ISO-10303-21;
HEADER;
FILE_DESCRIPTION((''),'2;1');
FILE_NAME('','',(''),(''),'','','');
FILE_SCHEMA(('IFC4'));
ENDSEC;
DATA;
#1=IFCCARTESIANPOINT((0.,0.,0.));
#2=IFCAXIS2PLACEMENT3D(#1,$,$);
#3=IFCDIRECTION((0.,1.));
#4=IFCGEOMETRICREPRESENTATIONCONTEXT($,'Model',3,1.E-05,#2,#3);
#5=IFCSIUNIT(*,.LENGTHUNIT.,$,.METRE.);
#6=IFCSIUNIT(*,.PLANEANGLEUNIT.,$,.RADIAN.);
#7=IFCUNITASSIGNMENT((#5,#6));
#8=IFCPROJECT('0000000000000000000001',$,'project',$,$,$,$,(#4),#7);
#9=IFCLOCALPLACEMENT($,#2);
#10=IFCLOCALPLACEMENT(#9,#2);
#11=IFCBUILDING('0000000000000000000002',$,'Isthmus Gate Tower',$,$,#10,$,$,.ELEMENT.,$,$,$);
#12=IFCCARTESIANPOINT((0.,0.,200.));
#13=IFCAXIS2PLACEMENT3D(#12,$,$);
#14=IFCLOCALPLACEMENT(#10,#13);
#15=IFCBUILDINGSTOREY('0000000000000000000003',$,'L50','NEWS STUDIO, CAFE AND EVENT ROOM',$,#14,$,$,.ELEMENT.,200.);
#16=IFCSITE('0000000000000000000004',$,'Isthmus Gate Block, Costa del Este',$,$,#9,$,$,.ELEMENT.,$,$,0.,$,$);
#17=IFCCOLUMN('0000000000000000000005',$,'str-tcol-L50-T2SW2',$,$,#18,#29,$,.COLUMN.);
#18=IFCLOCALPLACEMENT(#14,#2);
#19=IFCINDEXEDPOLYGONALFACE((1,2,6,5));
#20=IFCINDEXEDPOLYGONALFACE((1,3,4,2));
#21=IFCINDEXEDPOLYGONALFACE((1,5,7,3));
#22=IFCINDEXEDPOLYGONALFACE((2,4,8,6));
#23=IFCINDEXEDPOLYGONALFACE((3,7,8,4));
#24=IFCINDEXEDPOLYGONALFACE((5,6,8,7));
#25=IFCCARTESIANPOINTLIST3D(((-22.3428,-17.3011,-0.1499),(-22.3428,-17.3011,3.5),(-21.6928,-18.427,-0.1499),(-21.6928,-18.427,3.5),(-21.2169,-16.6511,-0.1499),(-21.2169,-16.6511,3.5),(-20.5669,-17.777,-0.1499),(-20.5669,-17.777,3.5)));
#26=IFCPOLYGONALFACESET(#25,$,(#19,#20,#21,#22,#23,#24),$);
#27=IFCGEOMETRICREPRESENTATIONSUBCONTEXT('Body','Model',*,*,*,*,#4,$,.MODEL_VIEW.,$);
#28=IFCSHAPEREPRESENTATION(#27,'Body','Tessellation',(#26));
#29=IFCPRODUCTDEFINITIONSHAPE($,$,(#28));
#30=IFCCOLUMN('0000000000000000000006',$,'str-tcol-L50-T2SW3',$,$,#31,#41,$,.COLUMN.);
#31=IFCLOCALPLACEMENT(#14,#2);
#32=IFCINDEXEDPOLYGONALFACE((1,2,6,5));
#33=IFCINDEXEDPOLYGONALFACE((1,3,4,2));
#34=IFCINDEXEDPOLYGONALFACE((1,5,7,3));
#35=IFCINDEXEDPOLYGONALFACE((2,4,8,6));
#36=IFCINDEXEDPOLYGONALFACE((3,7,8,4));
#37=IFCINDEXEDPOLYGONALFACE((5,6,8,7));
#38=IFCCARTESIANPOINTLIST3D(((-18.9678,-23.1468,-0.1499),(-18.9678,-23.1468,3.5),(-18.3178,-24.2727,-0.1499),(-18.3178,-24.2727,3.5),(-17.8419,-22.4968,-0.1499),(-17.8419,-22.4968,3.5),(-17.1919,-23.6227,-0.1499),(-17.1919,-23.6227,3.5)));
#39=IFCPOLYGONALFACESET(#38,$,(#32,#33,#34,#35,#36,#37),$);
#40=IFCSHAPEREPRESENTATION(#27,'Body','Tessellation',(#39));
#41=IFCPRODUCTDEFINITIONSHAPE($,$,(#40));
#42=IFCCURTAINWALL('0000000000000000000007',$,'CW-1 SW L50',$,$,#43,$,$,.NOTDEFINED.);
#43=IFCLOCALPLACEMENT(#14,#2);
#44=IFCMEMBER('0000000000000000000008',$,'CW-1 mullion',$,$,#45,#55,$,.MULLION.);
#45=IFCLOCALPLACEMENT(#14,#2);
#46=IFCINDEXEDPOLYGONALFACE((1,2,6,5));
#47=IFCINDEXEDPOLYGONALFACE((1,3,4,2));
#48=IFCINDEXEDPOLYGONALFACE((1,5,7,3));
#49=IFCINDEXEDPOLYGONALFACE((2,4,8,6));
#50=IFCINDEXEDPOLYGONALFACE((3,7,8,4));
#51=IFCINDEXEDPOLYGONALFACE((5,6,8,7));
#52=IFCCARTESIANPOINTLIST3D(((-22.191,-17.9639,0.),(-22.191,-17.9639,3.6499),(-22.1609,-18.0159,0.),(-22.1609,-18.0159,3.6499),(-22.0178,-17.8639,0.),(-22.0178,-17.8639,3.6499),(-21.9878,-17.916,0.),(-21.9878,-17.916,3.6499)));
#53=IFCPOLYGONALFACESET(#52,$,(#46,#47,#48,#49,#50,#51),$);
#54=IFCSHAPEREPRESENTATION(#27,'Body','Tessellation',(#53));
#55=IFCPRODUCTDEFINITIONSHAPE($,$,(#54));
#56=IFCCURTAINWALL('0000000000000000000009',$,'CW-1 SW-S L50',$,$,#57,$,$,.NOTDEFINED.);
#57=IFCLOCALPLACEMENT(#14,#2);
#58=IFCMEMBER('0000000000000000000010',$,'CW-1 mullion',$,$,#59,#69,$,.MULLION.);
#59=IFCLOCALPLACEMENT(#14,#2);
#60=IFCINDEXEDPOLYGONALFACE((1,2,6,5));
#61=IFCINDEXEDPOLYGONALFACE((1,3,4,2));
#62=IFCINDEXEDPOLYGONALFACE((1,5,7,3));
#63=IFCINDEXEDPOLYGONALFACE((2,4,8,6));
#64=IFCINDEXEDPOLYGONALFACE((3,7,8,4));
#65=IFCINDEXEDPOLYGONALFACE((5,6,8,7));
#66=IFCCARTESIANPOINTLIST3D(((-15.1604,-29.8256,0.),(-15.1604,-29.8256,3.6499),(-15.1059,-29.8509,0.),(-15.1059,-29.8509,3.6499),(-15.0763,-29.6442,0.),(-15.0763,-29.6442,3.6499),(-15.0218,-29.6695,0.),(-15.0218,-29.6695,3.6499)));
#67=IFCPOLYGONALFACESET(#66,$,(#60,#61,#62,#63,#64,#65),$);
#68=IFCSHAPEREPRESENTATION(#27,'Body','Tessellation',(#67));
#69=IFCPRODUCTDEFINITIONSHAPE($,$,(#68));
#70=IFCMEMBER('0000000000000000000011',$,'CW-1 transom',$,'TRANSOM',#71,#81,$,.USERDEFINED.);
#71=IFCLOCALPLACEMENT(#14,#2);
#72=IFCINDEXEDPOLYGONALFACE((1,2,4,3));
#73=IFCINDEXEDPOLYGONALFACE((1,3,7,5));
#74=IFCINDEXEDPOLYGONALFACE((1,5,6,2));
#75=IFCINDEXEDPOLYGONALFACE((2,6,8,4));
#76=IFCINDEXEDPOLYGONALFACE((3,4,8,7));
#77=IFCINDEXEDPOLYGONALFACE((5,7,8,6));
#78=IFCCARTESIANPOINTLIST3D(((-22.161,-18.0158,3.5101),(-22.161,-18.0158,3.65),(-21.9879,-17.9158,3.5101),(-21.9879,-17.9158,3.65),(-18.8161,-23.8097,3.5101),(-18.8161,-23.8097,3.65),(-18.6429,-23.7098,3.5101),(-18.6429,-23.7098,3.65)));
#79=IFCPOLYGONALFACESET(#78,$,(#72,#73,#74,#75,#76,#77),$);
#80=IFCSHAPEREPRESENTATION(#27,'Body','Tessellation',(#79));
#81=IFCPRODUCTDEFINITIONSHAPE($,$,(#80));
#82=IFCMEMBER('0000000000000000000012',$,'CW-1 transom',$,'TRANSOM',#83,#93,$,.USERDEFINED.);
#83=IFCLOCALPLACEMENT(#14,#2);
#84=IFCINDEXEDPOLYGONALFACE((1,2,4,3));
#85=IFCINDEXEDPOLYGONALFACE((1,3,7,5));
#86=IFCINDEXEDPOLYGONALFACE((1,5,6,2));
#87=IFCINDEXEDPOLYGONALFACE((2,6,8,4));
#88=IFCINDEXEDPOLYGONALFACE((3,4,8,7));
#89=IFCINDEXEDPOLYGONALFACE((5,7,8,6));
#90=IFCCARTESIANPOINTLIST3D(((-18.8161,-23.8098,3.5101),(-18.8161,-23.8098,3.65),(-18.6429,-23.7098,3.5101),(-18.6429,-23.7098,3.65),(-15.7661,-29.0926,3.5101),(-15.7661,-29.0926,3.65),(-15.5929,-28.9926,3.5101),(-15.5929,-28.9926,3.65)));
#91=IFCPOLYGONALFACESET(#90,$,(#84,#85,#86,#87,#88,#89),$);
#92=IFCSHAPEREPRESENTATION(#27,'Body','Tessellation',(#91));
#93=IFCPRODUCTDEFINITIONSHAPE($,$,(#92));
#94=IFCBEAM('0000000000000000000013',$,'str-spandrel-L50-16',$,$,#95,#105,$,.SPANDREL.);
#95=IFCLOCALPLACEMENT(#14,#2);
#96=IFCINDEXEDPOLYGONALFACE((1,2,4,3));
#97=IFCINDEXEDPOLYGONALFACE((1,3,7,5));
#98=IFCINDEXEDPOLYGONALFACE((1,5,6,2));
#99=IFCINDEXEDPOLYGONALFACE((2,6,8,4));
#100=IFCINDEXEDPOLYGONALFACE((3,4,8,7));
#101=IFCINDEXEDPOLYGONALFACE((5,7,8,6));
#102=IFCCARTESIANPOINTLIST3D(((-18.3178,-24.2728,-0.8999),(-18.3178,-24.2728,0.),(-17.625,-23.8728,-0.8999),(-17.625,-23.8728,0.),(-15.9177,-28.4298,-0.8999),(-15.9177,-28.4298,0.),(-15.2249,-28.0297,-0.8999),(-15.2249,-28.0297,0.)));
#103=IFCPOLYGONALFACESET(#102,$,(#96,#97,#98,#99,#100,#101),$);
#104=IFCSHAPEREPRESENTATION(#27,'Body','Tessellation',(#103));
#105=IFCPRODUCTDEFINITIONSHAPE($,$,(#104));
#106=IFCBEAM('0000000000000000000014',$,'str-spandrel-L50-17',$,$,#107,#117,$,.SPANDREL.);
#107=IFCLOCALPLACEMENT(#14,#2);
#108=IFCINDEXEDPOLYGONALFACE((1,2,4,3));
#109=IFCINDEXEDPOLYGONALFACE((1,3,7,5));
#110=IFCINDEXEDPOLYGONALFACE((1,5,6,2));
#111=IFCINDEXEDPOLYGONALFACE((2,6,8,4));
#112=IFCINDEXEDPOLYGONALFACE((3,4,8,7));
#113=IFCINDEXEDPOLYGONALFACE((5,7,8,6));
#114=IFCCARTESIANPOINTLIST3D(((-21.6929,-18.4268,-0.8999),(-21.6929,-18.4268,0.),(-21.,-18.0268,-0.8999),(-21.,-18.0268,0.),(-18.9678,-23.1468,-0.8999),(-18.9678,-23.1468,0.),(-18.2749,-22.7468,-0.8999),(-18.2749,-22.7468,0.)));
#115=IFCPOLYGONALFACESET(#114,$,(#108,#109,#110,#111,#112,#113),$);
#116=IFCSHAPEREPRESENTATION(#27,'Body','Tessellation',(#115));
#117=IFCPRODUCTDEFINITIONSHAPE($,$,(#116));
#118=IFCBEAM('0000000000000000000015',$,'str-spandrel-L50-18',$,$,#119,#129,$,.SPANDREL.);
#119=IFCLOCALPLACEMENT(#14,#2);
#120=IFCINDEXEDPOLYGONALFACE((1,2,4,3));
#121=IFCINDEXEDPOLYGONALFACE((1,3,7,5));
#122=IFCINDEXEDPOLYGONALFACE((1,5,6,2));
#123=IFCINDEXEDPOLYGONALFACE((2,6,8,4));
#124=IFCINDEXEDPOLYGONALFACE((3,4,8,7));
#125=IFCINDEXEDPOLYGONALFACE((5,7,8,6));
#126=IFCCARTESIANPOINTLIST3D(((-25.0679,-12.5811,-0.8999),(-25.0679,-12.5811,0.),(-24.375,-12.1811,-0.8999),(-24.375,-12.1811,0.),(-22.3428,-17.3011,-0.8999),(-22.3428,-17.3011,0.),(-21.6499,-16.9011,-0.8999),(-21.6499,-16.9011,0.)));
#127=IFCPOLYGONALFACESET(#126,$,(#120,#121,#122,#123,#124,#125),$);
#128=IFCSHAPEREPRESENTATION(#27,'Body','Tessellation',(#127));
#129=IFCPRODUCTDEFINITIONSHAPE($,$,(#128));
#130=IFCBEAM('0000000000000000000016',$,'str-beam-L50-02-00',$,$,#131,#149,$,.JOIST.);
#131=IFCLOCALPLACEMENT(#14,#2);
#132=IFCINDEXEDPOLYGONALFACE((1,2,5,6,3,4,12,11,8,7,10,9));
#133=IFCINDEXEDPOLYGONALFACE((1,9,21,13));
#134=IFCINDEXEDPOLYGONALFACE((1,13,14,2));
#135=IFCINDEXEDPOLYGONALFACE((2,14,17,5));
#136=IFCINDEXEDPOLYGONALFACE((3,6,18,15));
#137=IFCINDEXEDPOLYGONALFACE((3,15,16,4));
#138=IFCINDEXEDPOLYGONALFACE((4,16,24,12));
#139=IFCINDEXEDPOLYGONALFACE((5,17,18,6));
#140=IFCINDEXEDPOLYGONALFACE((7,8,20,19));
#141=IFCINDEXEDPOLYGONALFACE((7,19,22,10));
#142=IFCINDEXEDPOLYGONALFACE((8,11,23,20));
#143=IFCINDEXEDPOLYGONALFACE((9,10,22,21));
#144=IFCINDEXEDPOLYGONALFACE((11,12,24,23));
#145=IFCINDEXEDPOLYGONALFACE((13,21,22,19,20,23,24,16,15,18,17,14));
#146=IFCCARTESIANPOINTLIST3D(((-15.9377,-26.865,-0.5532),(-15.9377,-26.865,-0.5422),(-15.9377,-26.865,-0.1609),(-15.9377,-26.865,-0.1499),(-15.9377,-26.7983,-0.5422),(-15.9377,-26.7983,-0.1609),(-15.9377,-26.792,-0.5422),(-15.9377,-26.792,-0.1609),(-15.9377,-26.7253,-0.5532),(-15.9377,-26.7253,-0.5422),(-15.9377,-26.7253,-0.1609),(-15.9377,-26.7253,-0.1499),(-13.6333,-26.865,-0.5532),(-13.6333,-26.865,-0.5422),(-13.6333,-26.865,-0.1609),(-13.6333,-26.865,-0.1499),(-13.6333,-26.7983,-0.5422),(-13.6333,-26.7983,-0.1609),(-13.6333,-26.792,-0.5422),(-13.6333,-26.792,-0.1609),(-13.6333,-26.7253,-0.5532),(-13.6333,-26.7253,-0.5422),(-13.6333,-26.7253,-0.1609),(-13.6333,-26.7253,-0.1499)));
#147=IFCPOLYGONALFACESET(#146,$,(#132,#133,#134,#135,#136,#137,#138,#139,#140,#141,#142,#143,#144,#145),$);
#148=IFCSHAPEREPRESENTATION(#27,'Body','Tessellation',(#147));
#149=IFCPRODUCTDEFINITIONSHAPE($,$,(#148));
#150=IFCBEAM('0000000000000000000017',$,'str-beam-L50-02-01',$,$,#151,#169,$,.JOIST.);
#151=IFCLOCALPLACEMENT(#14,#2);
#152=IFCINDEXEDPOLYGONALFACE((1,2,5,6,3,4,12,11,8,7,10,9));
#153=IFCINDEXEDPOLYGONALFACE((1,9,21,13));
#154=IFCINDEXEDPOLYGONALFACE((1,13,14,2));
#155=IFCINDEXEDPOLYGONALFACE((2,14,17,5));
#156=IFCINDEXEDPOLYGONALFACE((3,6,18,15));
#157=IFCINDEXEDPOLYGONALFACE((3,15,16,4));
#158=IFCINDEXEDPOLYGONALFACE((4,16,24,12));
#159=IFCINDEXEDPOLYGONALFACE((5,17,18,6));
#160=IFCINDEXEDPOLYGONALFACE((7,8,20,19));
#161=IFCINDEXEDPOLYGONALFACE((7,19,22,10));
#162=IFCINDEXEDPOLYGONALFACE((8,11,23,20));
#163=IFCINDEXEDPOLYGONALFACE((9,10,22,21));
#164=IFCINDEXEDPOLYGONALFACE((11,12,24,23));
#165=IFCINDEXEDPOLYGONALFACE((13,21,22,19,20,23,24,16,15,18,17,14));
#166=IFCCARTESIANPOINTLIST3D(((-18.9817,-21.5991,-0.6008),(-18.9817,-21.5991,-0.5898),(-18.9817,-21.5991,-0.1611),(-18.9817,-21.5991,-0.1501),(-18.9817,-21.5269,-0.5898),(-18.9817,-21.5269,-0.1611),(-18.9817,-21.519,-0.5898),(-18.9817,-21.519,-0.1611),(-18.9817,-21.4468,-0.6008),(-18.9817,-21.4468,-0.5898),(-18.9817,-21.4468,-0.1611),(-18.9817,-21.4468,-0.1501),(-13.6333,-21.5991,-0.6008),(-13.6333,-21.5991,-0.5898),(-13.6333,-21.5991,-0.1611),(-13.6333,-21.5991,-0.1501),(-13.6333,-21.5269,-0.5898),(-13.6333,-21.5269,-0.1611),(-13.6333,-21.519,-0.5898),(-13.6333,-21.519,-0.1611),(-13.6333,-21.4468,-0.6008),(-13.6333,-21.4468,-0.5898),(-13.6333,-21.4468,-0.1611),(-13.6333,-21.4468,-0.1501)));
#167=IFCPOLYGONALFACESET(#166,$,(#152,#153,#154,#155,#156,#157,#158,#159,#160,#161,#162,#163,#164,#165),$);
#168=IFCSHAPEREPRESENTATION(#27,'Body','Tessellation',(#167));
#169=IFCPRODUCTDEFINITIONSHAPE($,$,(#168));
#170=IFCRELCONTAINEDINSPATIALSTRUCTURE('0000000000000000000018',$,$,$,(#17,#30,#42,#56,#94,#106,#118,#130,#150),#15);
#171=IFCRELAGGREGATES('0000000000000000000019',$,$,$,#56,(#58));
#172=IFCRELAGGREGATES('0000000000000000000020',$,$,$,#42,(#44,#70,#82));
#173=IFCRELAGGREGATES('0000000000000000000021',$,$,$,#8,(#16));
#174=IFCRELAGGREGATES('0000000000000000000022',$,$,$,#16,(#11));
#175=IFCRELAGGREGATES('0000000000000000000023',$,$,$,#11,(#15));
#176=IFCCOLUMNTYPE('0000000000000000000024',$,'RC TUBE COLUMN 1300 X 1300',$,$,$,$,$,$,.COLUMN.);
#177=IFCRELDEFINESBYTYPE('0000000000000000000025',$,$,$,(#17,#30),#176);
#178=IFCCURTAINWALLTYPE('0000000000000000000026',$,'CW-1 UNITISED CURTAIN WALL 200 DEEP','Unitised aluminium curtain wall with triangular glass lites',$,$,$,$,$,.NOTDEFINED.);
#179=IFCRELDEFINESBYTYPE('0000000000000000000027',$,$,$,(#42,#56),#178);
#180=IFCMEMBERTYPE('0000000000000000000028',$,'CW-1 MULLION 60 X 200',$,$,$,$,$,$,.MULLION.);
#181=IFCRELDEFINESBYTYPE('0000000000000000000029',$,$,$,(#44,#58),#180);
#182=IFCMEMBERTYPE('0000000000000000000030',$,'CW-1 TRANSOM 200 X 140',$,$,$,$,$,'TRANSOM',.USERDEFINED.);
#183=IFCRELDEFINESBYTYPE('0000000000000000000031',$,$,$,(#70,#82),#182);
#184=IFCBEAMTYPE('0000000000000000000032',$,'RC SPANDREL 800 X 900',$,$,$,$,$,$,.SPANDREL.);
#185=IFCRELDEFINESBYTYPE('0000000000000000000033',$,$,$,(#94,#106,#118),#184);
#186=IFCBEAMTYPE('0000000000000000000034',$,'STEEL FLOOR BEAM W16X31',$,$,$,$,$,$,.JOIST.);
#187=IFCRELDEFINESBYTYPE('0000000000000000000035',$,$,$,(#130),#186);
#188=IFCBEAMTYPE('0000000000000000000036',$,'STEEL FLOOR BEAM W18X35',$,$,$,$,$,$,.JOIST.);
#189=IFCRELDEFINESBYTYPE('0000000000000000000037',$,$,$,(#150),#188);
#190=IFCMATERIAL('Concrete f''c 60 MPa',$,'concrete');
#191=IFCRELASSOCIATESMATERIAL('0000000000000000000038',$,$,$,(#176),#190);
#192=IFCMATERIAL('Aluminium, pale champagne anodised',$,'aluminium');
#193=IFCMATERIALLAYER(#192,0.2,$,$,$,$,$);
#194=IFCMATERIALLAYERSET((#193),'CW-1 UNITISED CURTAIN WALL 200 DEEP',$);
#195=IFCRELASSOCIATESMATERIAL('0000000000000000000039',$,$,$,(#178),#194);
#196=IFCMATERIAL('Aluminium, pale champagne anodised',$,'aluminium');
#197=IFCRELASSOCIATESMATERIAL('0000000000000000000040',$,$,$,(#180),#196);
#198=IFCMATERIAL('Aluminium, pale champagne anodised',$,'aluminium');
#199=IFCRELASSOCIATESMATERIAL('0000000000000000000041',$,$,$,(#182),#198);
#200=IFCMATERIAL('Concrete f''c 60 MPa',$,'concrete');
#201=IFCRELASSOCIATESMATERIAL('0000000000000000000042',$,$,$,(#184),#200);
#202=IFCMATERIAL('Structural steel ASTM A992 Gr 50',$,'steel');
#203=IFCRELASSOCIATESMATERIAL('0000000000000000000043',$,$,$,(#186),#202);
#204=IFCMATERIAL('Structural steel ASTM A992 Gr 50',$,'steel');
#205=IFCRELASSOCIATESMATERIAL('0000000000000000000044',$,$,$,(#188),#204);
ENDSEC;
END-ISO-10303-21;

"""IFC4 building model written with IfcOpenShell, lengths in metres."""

from ifc_helpers import new_model, si_unit, direction, frame, origin, origin_2d, place, context, subcontext, project, spatial, rectangle, i_section, extrude, material, layer, layer_set, material_profile, profile_set, type_object, element, aggregate, save


model = new_model("IFC4")

# Units and contexts
model_context = context("Model", 3, precision=1e-05, world=origin(), true_north=direction((0.0, 1.0)))
body_context = subcontext(model_context, "Body", "Model", "MODEL_VIEW")
ifc_project = project(units=[si_unit("LENGTHUNIT", "METRE"), si_unit("PLANEANGLEUNIT", "RADIAN")], contexts=[model_context])

# Site, building, storey
site_placement = place(None, origin())
site = spatial("IfcSite", under=ifc_project, at=site_placement, Name="Isthmus Gate Block, Costa del Este", CompositionType="ELEMENT", RefElevation=0.0)
building_placement = place(site_placement, origin())
building = spatial("IfcBuilding", under=site, at=building_placement, Name="Isthmus Gate Tower", CompositionType="ELEMENT")
storey_placement = place(building_placement, frame((0.0, 0.0, 200.0)))
storey = spatial("IfcBuildingStorey", under=building, at=storey_placement, Name="L50", Description="NEWS STUDIO, CAFE AND EVENT ROOM", CompositionType="ELEMENT", Elevation=200.0)

# Columns
ifc_material_1 = material(Name="Concrete f'c 60 MPa", Category="concrete")
ifc_material_profile_1 = material_profile(ifc_material_1, rectangle(XDim=1.3, YDim=1.3, at=origin_2d()), Name="RC 1300X1300")
ifc_profile_set_1 = profile_set([ifc_material_profile_1], Name="Concrete f'c 60 MPa")
column_type = type_object("IfcColumnType", Name="RC TUBE COLUMN 1300 X 1300", PredefinedType="COLUMN", material=ifc_profile_set_1)
for number, where, z_axis, x_axis, name in (
    (1, (-21.4548, -17.5391, -0.1499), (0.0, 0.0, 1.0), (0.5, -0.866025, 0.0), "str-tcol-L50-T2SW2"),
    (2, (-18.0798, -23.3848, -0.1499), (0.0, 0.0, 1.0), (0.5, -0.866025, 0.0), "str-tcol-L50-T2SW3"),
):
    element("IfcColumn", number, at=place(storey_placement, frame(where, z_axis=z_axis, x_axis=x_axis)), inside=storey, type_object=column_type, Name=name, PredefinedType="COLUMN", context=body_context, shape_type="SweptSolid", body=[
        extrude(rectangle(XDim=1.3, YDim=1.3, at=origin_2d()), origin(), (0.0, 0.0, 1.0), 3.6499),
    ])

# Curtain walls, members
ifc_material_2 = material(Name="Aluminium, pale champagne anodised", Category="aluminium")
ifc_layer_1 = layer(ifc_material_2, 0.2)
ifc_layer_set_1 = layer_set([ifc_layer_1], Name="CW-1 UNITISED CURTAIN WALL 200 DEEP")
curtain_wall_type = type_object("IfcCurtainWallType", Name="CW-1 UNITISED CURTAIN WALL 200 DEEP", Description="Unitised aluminium curtain wall with triangular glass lites", PredefinedType="NOTDEFINED", material=ifc_layer_set_1)
curtain_wall_1_placement = place(storey_placement, origin())
curtain_wall_1 = element("IfcCurtainWall", 3, at=curtain_wall_1_placement, inside=storey, type_object=curtain_wall_type, Name="CW-1 SW L50", PredefinedType="NOTDEFINED")
ifc_material_3 = material(Name="Aluminium, pale champagne anodised", Category="aluminium")
ifc_material_profile_2 = material_profile(ifc_material_3, rectangle(XDim=0.0601, YDim=0.2, at=origin_2d()), Name="60x200")
ifc_profile_set_2 = profile_set([ifc_material_profile_2], Name="Aluminium, pale champagne anodised")
member_type_1 = type_object("IfcMemberType", Name="CW-1 MULLION 60 X 200", PredefinedType="MULLION", material=ifc_profile_set_2)
member_1_placement = place(storey_placement, frame((-22.0894, -17.9399, 0.0), z_axis=(0.0, 0.0, 1.0), x_axis=(0.5, -0.866025, 0.0)))
member_1 = element("IfcMember", 4, at=member_1_placement, type_object=member_type_1, Name="CW-1 mullion", PredefinedType="MULLION", context=body_context, shape_type="SweptSolid", body=[
    extrude(rectangle(XDim=0.0601, YDim=0.2, at=origin_2d()), origin(), (0.0, 0.0, 1.0), 3.6499),
])
curtain_wall_2_placement = place(storey_placement, origin())
curtain_wall_2 = element("IfcCurtainWall", 5, at=curtain_wall_2_placement, inside=storey, type_object=curtain_wall_type, Name="CW-1 SW-S L50", PredefinedType="NOTDEFINED")
member_2_placement = place(storey_placement, frame((-15.0911, -29.7476, 0.0), z_axis=(0.0, 0.0, 1.0), x_axis=(0.907256, -0.420578, 0.0)))
member_2 = element("IfcMember", 6, at=member_2_placement, type_object=member_type_1, Name="CW-1 mullion", PredefinedType="MULLION", context=body_context, shape_type="SweptSolid", body=[
    extrude(rectangle(XDim=0.0601, YDim=0.2, at=origin_2d()), origin(), (0.0, 0.0, 1.0), 3.6499),
])
aggregate(curtain_wall_2, [member_2])

# Members
ifc_material_4 = material(Name="Aluminium, pale champagne anodised", Category="aluminium")
ifc_material_profile_3 = material_profile(ifc_material_4, rectangle(XDim=0.2, YDim=0.1399, at=origin_2d()), Name="200x140")
ifc_profile_set_3 = profile_set([ifc_material_profile_3], Name="Aluminium, pale champagne anodised")
member_type_2 = type_object("IfcMemberType", Name="CW-1 TRANSOM 200 X 140", ElementType="TRANSOM", PredefinedType="USERDEFINED", material=ifc_profile_set_3)
member_3_placement = place(storey_placement, frame((-22.0745, -17.9658, 3.5801), z_axis=(0.499981, -0.866036, 0.0), x_axis=(0.866036, 0.499981, 0.0)))
member_3 = element("IfcMember", 7, at=member_3_placement, type_object=member_type_2, Name="CW-1 transom", ObjectType="TRANSOM", PredefinedType="USERDEFINED", context=body_context, shape_type="SweptSolid", body=[
    extrude(rectangle(XDim=0.2, YDim=0.1399, at=origin_2d()), origin(), (0.0, 0.0, 1.0), 6.6902),
])
member_4_placement = place(storey_placement, frame((-18.7295, -23.7598, 3.5801), z_axis=(0.499992, -0.86603, 0.0), x_axis=(0.86603, 0.499992, 0.0)))
member_4 = element("IfcMember", 8, at=member_4_placement, type_object=member_type_2, Name="CW-1 transom", ObjectType="TRANSOM", PredefinedType="USERDEFINED", context=body_context, shape_type="SweptSolid", body=[
    extrude(rectangle(XDim=0.2, YDim=0.1399, at=origin_2d()), origin(), (0.0, 0.0, 1.0), 6.1001),
])

# Beams
ifc_material_5 = material(Name="Concrete f'c 60 MPa", Category="concrete")
ifc_material_profile_4 = material_profile(ifc_material_5, rectangle(XDim=0.8, YDim=0.8999, at=origin_2d()), Name="RC 800X900")
ifc_profile_set_4 = profile_set([ifc_material_profile_4], Name="Concrete f'c 60 MPa")
beam_type_1 = type_object("IfcBeamType", Name="RC SPANDREL 800 X 900", PredefinedType="SPANDREL", material=ifc_profile_set_4)
beam_1_placement = place(storey_placement, frame((-15.5713, -28.2297, -0.45), z_axis=(-0.500017, 0.866015, 0.0), x_axis=(-0.866015, -0.500017, 0.0)))
element("IfcBeam", 9, at=beam_1_placement, inside=storey, type_object=beam_type_1, Name="str-spandrel-L50-16", PredefinedType="SPANDREL", context=body_context, shape_type="SweptSolid", body=[
    extrude(rectangle(XDim=0.8, YDim=0.8999, at=origin_2d()), origin(), (0.0, 0.0, 1.0), 4.8),
])
for number, where, z_axis, x_axis, name in (
    (10, (-18.6213, -22.9468, -0.45), (-0.500003, 0.866024, 0.0), (-0.866024, -0.500003, 0.0), "str-spandrel-L50-17"),
    (11, (-21.9963, -17.1011, -0.45), (-0.500003, 0.866024, 0.0), (-0.866024, -0.500003, 0.0), "str-spandrel-L50-18"),
):
    element("IfcBeam", number, at=place(storey_placement, frame(where, z_axis=z_axis, x_axis=x_axis)), inside=storey, type_object=beam_type_1, Name=name, PredefinedType="SPANDREL", context=body_context, shape_type="SweptSolid", body=[
        extrude(rectangle(XDim=0.8, YDim=0.8999, at=origin_2d()), origin(), (0.0, 0.0, 1.0), 5.4502),
    ])
ifc_material_6 = material(Name="Structural steel ASTM A992 Gr 50", Category="steel")
ifc_material_profile_5 = material_profile(ifc_material_6, i_section(OverallWidth=0.1396, OverallDepth=0.4033, WebThickness=0.0063, FlangeThickness=0.011, at=origin_2d()), Name="W16X31")
ifc_profile_set_5 = profile_set([ifc_material_profile_5], Name="Structural steel ASTM A992 Gr 50")
beam_type_2 = type_object("IfcBeamType", Name="STEEL FLOOR BEAM W16X31", PredefinedType="JOIST", material=ifc_profile_set_5)
beam_2_placement = place(storey_placement, frame((-15.9377, -26.7952, -0.3516), z_axis=(1.0, 0.0, 0.0), x_axis=(0.0, 1.0, 0.0)))
element("IfcBeam", 12, at=beam_2_placement, inside=storey, type_object=beam_type_2, Name="str-beam-L50-02-00", PredefinedType="JOIST", context=body_context, shape_type="SweptSolid", body=[
    extrude(i_section(OverallWidth=0.1396, OverallDepth=0.4033, WebThickness=0.0063, FlangeThickness=0.011, at=origin_2d()), origin(), (0.0, 0.0, 1.0), 2.3044),
])
ifc_material_7 = material(Name="Structural steel ASTM A992 Gr 50", Category="steel")
ifc_material_profile_6 = material_profile(ifc_material_7, i_section(OverallWidth=0.1523, OverallDepth=0.4507, WebThickness=0.0078, FlangeThickness=0.011, at=origin_2d()), Name="W18X35")
ifc_profile_set_6 = profile_set([ifc_material_profile_6], Name="Structural steel ASTM A992 Gr 50")
beam_type_3 = type_object("IfcBeamType", Name="STEEL FLOOR BEAM W18X35", PredefinedType="JOIST", material=ifc_profile_set_6)
beam_3_placement = place(storey_placement, frame((-18.9817, -21.5229, -0.3755), z_axis=(1.0, 0.0, 0.0), x_axis=(0.0, 1.0, 0.0)))
element("IfcBeam", 13, at=beam_3_placement, inside=storey, type_object=beam_type_3, Name="str-beam-L50-02-01", PredefinedType="JOIST", context=body_context, shape_type="SweptSolid", body=[
    extrude(i_section(OverallWidth=0.1523, OverallDepth=0.4507, WebThickness=0.0078, FlangeThickness=0.011, at=origin_2d()), origin(), (0.0, 0.0, 1.0), 5.3484),
])

aggregate(curtain_wall_1, [member_1, member_3, member_4])

save(model, "model.ifc")
